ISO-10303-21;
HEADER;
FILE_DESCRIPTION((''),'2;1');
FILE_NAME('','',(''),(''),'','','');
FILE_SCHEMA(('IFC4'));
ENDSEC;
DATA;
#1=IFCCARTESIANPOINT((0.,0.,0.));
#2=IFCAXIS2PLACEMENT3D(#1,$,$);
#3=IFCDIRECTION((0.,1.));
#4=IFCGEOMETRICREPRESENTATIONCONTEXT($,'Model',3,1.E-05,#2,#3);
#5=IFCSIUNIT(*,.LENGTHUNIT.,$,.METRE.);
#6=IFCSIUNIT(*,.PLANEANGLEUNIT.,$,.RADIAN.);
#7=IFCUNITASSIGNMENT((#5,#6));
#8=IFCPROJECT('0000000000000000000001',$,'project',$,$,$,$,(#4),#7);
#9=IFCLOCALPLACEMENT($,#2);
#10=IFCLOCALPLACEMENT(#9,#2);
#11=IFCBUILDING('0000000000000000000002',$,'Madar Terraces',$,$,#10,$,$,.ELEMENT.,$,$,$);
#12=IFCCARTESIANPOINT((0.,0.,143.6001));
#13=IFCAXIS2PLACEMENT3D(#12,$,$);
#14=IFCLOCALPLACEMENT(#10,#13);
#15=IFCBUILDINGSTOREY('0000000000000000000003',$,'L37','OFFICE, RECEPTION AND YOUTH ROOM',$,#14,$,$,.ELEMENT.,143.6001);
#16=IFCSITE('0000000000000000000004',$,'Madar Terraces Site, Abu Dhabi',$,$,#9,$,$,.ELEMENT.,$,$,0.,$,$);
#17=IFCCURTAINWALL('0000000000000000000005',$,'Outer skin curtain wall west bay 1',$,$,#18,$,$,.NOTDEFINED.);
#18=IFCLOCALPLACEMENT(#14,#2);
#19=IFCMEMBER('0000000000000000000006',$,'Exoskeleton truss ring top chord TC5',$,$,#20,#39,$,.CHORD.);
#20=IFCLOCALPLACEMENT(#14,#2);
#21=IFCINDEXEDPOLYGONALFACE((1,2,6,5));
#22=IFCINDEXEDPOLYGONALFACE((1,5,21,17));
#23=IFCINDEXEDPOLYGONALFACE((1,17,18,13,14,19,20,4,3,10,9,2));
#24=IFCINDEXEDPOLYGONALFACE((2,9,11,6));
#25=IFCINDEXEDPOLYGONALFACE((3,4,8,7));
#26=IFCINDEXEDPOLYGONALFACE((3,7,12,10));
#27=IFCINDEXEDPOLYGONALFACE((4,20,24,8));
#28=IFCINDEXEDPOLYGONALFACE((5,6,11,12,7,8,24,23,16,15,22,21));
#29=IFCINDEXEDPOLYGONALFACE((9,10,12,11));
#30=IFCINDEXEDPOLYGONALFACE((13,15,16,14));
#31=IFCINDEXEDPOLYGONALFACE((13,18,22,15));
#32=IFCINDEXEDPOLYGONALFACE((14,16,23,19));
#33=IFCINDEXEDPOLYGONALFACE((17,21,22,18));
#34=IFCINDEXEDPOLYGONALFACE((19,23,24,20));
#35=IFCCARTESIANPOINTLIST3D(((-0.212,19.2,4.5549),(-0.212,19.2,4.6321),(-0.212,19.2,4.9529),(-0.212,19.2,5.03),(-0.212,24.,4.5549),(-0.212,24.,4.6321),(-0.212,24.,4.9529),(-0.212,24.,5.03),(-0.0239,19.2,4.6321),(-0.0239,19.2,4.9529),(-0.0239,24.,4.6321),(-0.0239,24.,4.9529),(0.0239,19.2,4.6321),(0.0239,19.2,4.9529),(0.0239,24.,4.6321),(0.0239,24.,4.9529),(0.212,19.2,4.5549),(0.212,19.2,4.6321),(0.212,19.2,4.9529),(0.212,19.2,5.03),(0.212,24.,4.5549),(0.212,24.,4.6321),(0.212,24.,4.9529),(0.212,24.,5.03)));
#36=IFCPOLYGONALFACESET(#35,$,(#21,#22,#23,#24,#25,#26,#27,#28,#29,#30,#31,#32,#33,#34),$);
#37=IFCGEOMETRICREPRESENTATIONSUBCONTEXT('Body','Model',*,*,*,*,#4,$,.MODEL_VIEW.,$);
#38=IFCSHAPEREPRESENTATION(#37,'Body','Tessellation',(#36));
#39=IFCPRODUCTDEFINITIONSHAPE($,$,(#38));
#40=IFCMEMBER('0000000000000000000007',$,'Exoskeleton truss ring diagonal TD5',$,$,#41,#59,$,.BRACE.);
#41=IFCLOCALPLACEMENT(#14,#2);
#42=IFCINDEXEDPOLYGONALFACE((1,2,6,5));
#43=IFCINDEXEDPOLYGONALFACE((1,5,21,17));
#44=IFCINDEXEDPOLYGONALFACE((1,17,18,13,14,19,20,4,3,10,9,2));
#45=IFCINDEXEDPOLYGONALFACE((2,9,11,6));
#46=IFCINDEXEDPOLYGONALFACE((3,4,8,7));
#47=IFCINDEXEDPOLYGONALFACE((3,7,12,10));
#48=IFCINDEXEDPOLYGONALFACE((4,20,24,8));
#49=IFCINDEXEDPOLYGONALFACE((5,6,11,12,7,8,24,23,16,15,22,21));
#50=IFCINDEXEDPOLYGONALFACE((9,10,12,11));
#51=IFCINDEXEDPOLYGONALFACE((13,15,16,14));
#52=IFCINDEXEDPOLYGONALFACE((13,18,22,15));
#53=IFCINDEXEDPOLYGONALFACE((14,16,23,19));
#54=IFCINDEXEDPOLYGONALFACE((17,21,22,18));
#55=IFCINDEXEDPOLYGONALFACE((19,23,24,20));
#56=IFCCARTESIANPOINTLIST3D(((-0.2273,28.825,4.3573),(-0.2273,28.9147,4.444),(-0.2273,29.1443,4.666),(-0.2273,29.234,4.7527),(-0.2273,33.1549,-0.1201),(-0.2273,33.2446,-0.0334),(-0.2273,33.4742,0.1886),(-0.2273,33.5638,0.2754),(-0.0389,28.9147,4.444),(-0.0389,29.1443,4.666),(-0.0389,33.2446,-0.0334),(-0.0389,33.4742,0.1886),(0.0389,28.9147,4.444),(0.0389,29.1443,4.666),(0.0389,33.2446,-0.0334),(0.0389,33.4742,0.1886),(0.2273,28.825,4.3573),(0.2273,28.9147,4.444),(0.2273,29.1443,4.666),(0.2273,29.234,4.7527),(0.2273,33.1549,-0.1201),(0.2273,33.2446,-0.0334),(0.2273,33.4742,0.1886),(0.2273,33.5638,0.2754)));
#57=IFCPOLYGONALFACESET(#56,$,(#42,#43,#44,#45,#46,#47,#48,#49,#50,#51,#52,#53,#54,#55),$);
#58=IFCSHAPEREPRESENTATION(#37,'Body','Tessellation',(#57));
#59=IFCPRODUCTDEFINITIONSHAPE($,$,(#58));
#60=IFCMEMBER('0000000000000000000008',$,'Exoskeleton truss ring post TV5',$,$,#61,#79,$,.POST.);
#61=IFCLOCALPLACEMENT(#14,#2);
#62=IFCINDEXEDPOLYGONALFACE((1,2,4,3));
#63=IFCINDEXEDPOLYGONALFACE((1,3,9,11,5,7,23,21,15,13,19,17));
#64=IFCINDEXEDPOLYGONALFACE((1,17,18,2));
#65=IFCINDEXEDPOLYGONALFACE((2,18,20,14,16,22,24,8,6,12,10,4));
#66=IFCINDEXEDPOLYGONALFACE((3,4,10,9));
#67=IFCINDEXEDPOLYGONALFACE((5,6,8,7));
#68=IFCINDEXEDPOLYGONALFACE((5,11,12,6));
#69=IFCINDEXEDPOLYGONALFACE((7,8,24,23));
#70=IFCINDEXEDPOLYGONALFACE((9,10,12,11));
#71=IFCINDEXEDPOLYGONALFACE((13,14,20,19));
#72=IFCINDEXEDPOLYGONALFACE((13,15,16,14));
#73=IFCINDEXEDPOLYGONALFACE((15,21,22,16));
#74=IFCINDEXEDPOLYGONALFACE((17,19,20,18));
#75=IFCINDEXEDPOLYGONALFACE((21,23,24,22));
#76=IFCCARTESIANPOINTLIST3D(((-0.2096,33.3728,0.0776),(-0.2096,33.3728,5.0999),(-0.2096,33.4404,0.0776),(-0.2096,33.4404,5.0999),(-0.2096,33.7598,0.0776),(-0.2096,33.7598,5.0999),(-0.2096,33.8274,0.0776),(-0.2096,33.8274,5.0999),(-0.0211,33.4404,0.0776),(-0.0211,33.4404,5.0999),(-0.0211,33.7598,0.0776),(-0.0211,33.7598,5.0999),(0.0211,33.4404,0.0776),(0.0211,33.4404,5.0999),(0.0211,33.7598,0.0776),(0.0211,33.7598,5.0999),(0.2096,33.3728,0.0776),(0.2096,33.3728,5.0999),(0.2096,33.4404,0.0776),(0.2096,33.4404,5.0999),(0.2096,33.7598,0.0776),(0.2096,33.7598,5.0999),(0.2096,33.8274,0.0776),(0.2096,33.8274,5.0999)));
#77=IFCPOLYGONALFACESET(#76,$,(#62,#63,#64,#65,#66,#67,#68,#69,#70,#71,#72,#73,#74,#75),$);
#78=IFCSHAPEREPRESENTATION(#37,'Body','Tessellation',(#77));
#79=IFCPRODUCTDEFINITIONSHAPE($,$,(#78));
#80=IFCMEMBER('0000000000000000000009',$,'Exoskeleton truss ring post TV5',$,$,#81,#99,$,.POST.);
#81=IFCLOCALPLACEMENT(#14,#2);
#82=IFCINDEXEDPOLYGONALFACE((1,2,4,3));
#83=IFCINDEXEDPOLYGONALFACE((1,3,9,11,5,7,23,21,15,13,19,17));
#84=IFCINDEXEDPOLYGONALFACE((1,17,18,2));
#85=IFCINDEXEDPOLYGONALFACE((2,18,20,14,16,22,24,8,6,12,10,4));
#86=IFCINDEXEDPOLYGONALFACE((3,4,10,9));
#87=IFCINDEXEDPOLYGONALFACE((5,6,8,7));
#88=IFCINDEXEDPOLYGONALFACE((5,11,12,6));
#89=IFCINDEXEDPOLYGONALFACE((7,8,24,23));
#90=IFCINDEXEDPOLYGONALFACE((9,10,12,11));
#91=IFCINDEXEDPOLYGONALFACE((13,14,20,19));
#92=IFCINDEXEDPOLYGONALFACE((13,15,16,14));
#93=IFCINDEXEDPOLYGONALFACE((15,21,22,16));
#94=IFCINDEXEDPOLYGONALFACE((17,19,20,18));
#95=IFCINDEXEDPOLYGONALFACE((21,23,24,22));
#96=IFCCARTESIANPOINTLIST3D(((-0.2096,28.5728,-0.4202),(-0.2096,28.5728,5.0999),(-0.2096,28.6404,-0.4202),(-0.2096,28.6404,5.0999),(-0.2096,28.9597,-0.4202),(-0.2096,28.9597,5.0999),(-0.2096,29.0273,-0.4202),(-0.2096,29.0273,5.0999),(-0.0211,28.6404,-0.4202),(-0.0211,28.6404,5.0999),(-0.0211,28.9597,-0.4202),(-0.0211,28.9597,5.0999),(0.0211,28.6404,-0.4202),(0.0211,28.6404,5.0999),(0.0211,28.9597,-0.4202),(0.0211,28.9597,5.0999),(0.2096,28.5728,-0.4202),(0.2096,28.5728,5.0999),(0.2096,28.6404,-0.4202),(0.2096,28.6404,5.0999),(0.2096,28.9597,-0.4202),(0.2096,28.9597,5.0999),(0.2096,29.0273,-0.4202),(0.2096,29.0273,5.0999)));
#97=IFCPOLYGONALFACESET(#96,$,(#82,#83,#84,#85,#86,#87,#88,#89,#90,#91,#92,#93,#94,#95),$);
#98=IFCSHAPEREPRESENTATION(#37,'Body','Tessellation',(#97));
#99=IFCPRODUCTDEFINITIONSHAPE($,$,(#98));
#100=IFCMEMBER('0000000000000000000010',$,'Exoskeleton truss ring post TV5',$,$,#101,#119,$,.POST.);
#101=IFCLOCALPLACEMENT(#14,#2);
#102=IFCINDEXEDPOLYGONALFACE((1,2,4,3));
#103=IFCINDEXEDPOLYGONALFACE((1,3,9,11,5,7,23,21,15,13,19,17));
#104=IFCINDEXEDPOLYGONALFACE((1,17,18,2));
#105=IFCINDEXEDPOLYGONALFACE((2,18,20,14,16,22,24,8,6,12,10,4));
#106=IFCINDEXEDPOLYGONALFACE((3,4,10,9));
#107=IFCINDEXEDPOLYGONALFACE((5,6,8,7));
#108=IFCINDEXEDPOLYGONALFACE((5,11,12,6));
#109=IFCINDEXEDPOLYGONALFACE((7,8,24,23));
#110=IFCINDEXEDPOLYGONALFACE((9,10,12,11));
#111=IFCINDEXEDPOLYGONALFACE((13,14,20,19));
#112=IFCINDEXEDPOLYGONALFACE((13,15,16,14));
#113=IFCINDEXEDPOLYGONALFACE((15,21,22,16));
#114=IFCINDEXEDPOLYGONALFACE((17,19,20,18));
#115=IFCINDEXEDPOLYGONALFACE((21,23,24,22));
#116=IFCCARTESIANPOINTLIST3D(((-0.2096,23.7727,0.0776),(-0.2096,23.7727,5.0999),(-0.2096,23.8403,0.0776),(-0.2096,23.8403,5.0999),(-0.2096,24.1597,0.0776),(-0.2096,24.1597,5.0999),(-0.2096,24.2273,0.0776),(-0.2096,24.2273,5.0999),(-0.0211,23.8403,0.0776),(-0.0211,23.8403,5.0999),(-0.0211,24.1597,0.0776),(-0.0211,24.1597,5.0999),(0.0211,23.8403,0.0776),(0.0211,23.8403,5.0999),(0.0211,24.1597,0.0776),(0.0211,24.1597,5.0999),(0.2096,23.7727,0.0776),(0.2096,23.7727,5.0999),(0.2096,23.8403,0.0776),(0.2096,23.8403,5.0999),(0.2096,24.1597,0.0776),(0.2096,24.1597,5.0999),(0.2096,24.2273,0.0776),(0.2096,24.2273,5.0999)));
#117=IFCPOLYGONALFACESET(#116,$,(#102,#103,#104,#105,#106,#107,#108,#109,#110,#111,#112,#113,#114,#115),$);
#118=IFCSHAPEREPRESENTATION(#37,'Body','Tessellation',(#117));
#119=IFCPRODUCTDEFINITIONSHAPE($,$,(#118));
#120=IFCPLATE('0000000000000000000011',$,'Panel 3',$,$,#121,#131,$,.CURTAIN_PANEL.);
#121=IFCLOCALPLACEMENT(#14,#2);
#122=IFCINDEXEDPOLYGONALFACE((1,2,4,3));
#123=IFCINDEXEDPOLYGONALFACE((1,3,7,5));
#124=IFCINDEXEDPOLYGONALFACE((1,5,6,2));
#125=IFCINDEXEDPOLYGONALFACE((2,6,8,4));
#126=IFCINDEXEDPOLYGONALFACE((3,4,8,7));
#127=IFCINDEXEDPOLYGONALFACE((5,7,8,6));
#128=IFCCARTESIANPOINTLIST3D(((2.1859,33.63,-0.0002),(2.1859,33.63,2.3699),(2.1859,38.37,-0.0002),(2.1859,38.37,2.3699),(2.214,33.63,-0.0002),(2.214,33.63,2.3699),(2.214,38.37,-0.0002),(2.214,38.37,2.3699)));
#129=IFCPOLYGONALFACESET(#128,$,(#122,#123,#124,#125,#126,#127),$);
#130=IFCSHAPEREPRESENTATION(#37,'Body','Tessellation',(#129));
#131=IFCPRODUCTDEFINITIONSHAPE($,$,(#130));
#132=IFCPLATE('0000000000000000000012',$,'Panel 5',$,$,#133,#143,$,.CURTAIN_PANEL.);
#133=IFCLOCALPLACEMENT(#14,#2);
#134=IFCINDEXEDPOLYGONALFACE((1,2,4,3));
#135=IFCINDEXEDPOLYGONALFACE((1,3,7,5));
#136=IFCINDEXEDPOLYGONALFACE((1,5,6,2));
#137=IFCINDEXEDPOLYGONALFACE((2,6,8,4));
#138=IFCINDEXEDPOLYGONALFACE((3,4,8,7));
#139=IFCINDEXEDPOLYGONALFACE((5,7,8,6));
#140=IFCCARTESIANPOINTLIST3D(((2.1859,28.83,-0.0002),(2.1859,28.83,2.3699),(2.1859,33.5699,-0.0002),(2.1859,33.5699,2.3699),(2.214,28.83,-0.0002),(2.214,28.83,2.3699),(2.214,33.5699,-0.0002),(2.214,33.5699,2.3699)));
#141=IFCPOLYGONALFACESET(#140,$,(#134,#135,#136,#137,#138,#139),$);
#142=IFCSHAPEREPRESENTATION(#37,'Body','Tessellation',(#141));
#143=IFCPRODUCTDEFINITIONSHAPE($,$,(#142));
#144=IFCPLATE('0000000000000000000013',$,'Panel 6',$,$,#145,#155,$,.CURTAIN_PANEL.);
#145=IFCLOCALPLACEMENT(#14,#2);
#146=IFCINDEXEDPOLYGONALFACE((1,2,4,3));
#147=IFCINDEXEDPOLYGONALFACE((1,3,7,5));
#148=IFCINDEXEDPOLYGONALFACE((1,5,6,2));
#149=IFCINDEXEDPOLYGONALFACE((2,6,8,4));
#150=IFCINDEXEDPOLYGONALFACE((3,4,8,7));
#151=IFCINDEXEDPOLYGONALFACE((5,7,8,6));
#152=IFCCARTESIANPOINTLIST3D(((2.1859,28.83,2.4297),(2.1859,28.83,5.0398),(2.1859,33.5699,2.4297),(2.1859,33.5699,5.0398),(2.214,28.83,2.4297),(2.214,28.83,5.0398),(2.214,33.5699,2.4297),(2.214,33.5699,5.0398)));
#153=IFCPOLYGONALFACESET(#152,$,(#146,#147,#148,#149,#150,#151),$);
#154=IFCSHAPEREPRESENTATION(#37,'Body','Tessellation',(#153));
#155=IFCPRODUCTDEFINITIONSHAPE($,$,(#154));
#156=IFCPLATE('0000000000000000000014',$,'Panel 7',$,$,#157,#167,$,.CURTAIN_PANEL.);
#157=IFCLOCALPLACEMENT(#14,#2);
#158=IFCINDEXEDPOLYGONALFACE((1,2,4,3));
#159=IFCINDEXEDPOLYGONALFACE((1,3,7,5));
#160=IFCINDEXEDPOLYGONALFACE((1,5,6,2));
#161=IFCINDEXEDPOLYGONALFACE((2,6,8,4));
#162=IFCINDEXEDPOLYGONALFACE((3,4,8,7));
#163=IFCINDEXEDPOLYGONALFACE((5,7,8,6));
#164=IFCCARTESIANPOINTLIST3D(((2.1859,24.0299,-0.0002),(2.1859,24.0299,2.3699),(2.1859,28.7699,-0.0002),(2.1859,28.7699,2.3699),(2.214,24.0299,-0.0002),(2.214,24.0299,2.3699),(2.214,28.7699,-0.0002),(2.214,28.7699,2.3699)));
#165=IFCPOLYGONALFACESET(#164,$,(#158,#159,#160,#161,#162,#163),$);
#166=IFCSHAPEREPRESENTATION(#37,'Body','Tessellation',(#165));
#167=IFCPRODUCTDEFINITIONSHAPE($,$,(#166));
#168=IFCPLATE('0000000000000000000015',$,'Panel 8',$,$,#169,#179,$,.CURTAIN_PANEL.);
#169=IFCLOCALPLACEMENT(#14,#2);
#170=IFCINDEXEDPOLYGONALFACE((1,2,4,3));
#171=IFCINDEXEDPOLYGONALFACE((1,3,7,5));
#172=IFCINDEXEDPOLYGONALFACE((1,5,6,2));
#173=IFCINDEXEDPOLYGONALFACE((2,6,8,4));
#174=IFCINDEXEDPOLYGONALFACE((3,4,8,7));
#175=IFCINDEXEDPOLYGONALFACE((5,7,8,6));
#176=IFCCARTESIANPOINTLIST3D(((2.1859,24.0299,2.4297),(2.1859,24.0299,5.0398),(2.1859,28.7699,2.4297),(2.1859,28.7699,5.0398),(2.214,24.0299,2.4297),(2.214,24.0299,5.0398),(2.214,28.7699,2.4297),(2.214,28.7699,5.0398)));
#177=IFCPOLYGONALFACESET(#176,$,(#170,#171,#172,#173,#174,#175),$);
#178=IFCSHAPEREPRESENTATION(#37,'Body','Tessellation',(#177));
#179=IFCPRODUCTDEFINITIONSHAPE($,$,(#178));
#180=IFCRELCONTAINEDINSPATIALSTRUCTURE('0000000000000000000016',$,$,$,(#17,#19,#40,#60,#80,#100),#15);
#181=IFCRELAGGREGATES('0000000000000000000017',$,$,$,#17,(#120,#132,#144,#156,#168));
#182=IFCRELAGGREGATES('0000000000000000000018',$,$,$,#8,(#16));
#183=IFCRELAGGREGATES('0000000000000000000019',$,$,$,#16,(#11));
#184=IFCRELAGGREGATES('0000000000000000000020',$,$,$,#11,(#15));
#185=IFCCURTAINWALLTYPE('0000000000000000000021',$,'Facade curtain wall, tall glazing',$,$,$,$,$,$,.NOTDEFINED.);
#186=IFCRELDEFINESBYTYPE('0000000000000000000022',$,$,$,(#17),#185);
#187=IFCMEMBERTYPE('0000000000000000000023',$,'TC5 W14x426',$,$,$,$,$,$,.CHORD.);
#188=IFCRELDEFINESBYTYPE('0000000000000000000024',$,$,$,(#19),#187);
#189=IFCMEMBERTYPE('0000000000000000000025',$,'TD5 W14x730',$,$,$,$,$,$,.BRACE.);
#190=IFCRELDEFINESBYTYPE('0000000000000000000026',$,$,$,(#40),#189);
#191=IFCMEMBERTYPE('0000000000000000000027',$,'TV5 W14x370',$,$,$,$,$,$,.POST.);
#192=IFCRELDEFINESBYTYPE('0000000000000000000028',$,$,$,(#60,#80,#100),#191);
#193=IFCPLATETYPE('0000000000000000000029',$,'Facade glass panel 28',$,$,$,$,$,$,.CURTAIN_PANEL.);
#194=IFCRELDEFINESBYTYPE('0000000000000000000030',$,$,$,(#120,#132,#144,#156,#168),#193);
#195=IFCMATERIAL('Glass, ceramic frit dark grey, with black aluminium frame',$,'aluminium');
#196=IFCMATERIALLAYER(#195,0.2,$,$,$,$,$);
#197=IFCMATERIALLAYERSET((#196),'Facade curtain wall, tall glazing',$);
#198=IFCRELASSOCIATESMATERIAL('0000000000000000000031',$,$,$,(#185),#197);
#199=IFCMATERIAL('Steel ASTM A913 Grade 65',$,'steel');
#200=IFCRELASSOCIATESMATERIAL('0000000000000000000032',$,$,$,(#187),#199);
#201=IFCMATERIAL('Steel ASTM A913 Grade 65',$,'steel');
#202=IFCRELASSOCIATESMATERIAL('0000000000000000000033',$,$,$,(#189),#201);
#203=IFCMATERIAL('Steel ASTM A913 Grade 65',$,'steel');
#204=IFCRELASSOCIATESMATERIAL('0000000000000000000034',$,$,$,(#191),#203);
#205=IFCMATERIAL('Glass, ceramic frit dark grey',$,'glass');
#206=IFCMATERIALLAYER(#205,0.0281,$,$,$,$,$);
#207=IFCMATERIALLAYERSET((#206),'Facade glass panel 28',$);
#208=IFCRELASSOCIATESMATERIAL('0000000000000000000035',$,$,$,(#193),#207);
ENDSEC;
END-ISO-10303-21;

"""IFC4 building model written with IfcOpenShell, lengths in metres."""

from ifc_helpers import new_model, si_unit, direction, frame, origin, origin_2d, place, context, subcontext, project, spatial, rectangle, i_section, extrude, material, layer, layer_set, material_profile, profile_set, type_object, element, aggregate, save


model = new_model("IFC4")

# Units and contexts
model_context = context("Model", 3, precision=1e-05, world=origin(), true_north=direction((0.0, 1.0)))
body_context = subcontext(model_context, "Body", "Model", "MODEL_VIEW")
ifc_project = project(units=[si_unit("LENGTHUNIT", "METRE"), si_unit("PLANEANGLEUNIT", "RADIAN")], contexts=[model_context])

# Site, building, storey
site_placement = place(None, origin())
site = spatial("IfcSite", under=ifc_project, at=site_placement, Name="Madar Terraces Site, Abu Dhabi", CompositionType="ELEMENT", RefElevation=0.0)
building_placement = place(site_placement, origin())
building = spatial("IfcBuilding", under=site, at=building_placement, Name="Madar Terraces", CompositionType="ELEMENT")
storey_placement = place(building_placement, frame((0.0, 0.0, 143.6001)))
storey = spatial("IfcBuildingStorey", under=building, at=storey_placement, Name="L37", Description="OFFICE, RECEPTION AND YOUTH ROOM", CompositionType="ELEMENT", Elevation=143.6001)

# Curtain wall
ifc_material_1 = material(Name="Glass, ceramic frit dark grey, with black aluminium frame", Category="aluminium")
ifc_layer_1 = layer(ifc_material_1, 0.2)
ifc_layer_set_1 = layer_set([ifc_layer_1], Name="Facade curtain wall, tall glazing")
curtain_wall_type = type_object("IfcCurtainWallType", Name="Facade curtain wall, tall glazing", PredefinedType="NOTDEFINED", material=ifc_layer_set_1)
curtain_wall_placement = place(storey_placement, origin())
curtain_wall = element("IfcCurtainWall", 1, at=curtain_wall_placement, inside=storey, type_object=curtain_wall_type, Name="Outer skin curtain wall west bay 1", PredefinedType="NOTDEFINED")

# Members
ifc_material_2 = material(Name="Steel ASTM A913 Grade 65", Category="steel")
ifc_material_profile_1 = material_profile(ifc_material_2, i_section(OverallWidth=0.4241, OverallDepth=0.4751, WebThickness=0.0479, FlangeThickness=0.0771, at=origin_2d()), Name="W14x426")
ifc_profile_set_1 = profile_set([ifc_material_profile_1], Name="Steel ASTM A913 Grade 65")
member_type_1 = type_object("IfcMemberType", Name="TC5 W14x426", PredefinedType="CHORD", material=ifc_profile_set_1)
for number, where, z_axis, x_axis, name in (
    (2, (0.0, 24.0, 4.7925), (0.0, -1.0, 0.0), (1.0, 0.0, 0.0), "Exoskeleton truss ring top chord TC5"),
):
    element("IfcMember", number, at=place(storey_placement, frame(where, z_axis=z_axis, x_axis=x_axis)), inside=storey, type_object=member_type_1, Name=name, PredefinedType="CHORD", context=body_context, shape_type="SweptSolid", body=[
        extrude(i_section(OverallWidth=0.4241, OverallDepth=0.4751, WebThickness=0.0479, FlangeThickness=0.0771, at=origin_2d()), origin(), (0.0, 0.0, 1.0), 4.8),
    ])
ifc_material_3 = material(Name="Steel ASTM A913 Grade 65", Category="steel")
ifc_material_profile_2 = material_profile(ifc_material_3, i_section(OverallWidth=0.4546, OverallDepth=0.5688, WebThickness=0.0779, FlangeThickness=0.1248, at=origin_2d()), Name="W14x730")
ifc_profile_set_2 = profile_set([ifc_material_profile_2], Name="Steel ASTM A913 Grade 65")
member_type_2 = type_object("IfcMemberType", Name="TD5 W14x730", PredefinedType="BRACE", material=ifc_profile_set_2)
member_1_placement = place(storey_placement, frame((0.0, 33.3594, 0.0776), z_axis=(0.0, -0.69517, 0.718845), x_axis=(1.0, 0.0, 0.0)))
element("IfcMember", 3, at=member_1_placement, inside=storey, type_object=member_type_2, Name="Exoskeleton truss ring diagonal TD5", PredefinedType="BRACE", context=body_context, shape_type="SweptSolid", body=[
    extrude(i_section(OverallWidth=0.4546, OverallDepth=0.5688, WebThickness=0.0779, FlangeThickness=0.1248, at=origin_2d()), origin(), (0.0, 0.0, 1.0), 6.2285),
])
ifc_material_4 = material(Name="Steel ASTM A913 Grade 65", Category="steel")
ifc_material_profile_3 = material_profile(ifc_material_4, i_section(OverallWidth=0.4192, OverallDepth=0.4546, WebThickness=0.0422, FlangeThickness=0.0676, at=origin_2d()), Name="W14x370")
ifc_profile_set_3 = profile_set([ifc_material_profile_3], Name="Steel ASTM A913 Grade 65")
member_type_3 = type_object("IfcMemberType", Name="TV5 W14x370", PredefinedType="POST", material=ifc_profile_set_3)
member_2_placement = place(storey_placement, frame((0.0, 33.6001, 0.0776), z_axis=(0.0, 0.0, 1.0), x_axis=(1.0, 0.0, 0.0)))
element("IfcMember", 4, at=member_2_placement, inside=storey, type_object=member_type_3, Name="Exoskeleton truss ring post TV5", PredefinedType="POST", context=body_context, shape_type="SweptSolid", body=[
    extrude(i_section(OverallWidth=0.4192, OverallDepth=0.4546, WebThickness=0.0422, FlangeThickness=0.0676, at=origin_2d()), origin(), (0.0, 0.0, 1.0), 5.0222),
])
member_3_placement = place(storey_placement, frame((0.0, 28.8, -0.4202), z_axis=(0.0, 0.0, 1.0), x_axis=(1.0, 0.0, 0.0)))
element("IfcMember", 5, at=member_3_placement, inside=storey, type_object=member_type_3, Name="Exoskeleton truss ring post TV5", PredefinedType="POST", context=body_context, shape_type="SweptSolid", body=[
    extrude(i_section(OverallWidth=0.4192, OverallDepth=0.4546, WebThickness=0.0422, FlangeThickness=0.0676, at=origin_2d()), origin(), (0.0, 0.0, 1.0), 5.52),
])
member_4_placement = place(storey_placement, frame((0.0, 24.0, 0.0776), z_axis=(0.0, 0.0, 1.0), x_axis=(1.0, 0.0, 0.0)))
element("IfcMember", 6, at=member_4_placement, inside=storey, type_object=member_type_3, Name="Exoskeleton truss ring post TV5", PredefinedType="POST", context=body_context, shape_type="SweptSolid", body=[
    extrude(i_section(OverallWidth=0.4192, OverallDepth=0.4546, WebThickness=0.0422, FlangeThickness=0.0676, at=origin_2d()), origin(), (0.0, 0.0, 1.0), 5.0222),
])

# Plates
ifc_material_5 = material(Name="Glass, ceramic frit dark grey", Category="glass")
ifc_layer_2 = layer(ifc_material_5, 0.0281)
ifc_layer_set_2 = layer_set([ifc_layer_2], Name="Facade glass panel 28")
plate_type = type_object("IfcPlateType", Name="Facade glass panel 28", PredefinedType="CURTAIN_PANEL", material=ifc_layer_set_2)
plate_1_placement = place(storey_placement, frame((2.2, 36.0, -0.0002), z_axis=(0.0, 0.0, 1.0), x_axis=(0.0, -1.0, 0.0)))
plate_1 = element("IfcPlate", 7, at=plate_1_placement, type_object=plate_type, Name="Panel 3", PredefinedType="CURTAIN_PANEL", context=body_context, shape_type="SweptSolid", body=[
    extrude(rectangle(XDim=4.74, YDim=0.0281, at=origin_2d()), origin(), (0.0, 0.0, 1.0), 2.3701),
])
plate_2_placement = place(storey_placement, frame((2.2, 31.2, -0.0002), z_axis=(0.0, 0.0, 1.0), x_axis=(0.0, -1.0, 0.0)))
plate_2 = element("IfcPlate", 8, at=plate_2_placement, type_object=plate_type, Name="Panel 5", PredefinedType="CURTAIN_PANEL", context=body_context, shape_type="SweptSolid", body=[
    extrude(rectangle(XDim=4.74, YDim=0.0281, at=origin_2d()), origin(), (0.0, 0.0, 1.0), 2.3701),
])
plate_3_placement = place(storey_placement, frame((2.2, 31.2, 2.4297), z_axis=(0.0, 0.0, 1.0), x_axis=(0.0, -1.0, 0.0)))
plate_3 = element("IfcPlate", 9, at=plate_3_placement, type_object=plate_type, Name="Panel 6", PredefinedType="CURTAIN_PANEL", context=body_context, shape_type="SweptSolid", body=[
    extrude(rectangle(XDim=4.74, YDim=0.0281, at=origin_2d()), origin(), (0.0, 0.0, 1.0), 2.6101),
])
plate_4_placement = place(storey_placement, frame((2.2, 26.3999, -0.0002), z_axis=(0.0, 0.0, 1.0), x_axis=(0.0, -1.0, 0.0)))
plate_4 = element("IfcPlate", 10, at=plate_4_placement, type_object=plate_type, Name="Panel 7", PredefinedType="CURTAIN_PANEL", context=body_context, shape_type="SweptSolid", body=[
    extrude(rectangle(XDim=4.74, YDim=0.0281, at=origin_2d()), origin(), (0.0, 0.0, 1.0), 2.3701),
])
plate_5_placement = place(storey_placement, frame((2.2, 26.3999, 2.4297), z_axis=(0.0, 0.0, 1.0), x_axis=(0.0, -1.0, 0.0)))
plate_5 = element("IfcPlate", 11, at=plate_5_placement, type_object=plate_type, Name="Panel 8", PredefinedType="CURTAIN_PANEL", context=body_context, shape_type="SweptSolid", body=[
    extrude(rectangle(XDim=4.74, YDim=0.0281, at=origin_2d()), origin(), (0.0, 0.0, 1.0), 2.6101),
])
aggregate(curtain_wall, [plate_1, plate_2, plate_3, plate_4, plate_5])

save(model, "model.ifc")
